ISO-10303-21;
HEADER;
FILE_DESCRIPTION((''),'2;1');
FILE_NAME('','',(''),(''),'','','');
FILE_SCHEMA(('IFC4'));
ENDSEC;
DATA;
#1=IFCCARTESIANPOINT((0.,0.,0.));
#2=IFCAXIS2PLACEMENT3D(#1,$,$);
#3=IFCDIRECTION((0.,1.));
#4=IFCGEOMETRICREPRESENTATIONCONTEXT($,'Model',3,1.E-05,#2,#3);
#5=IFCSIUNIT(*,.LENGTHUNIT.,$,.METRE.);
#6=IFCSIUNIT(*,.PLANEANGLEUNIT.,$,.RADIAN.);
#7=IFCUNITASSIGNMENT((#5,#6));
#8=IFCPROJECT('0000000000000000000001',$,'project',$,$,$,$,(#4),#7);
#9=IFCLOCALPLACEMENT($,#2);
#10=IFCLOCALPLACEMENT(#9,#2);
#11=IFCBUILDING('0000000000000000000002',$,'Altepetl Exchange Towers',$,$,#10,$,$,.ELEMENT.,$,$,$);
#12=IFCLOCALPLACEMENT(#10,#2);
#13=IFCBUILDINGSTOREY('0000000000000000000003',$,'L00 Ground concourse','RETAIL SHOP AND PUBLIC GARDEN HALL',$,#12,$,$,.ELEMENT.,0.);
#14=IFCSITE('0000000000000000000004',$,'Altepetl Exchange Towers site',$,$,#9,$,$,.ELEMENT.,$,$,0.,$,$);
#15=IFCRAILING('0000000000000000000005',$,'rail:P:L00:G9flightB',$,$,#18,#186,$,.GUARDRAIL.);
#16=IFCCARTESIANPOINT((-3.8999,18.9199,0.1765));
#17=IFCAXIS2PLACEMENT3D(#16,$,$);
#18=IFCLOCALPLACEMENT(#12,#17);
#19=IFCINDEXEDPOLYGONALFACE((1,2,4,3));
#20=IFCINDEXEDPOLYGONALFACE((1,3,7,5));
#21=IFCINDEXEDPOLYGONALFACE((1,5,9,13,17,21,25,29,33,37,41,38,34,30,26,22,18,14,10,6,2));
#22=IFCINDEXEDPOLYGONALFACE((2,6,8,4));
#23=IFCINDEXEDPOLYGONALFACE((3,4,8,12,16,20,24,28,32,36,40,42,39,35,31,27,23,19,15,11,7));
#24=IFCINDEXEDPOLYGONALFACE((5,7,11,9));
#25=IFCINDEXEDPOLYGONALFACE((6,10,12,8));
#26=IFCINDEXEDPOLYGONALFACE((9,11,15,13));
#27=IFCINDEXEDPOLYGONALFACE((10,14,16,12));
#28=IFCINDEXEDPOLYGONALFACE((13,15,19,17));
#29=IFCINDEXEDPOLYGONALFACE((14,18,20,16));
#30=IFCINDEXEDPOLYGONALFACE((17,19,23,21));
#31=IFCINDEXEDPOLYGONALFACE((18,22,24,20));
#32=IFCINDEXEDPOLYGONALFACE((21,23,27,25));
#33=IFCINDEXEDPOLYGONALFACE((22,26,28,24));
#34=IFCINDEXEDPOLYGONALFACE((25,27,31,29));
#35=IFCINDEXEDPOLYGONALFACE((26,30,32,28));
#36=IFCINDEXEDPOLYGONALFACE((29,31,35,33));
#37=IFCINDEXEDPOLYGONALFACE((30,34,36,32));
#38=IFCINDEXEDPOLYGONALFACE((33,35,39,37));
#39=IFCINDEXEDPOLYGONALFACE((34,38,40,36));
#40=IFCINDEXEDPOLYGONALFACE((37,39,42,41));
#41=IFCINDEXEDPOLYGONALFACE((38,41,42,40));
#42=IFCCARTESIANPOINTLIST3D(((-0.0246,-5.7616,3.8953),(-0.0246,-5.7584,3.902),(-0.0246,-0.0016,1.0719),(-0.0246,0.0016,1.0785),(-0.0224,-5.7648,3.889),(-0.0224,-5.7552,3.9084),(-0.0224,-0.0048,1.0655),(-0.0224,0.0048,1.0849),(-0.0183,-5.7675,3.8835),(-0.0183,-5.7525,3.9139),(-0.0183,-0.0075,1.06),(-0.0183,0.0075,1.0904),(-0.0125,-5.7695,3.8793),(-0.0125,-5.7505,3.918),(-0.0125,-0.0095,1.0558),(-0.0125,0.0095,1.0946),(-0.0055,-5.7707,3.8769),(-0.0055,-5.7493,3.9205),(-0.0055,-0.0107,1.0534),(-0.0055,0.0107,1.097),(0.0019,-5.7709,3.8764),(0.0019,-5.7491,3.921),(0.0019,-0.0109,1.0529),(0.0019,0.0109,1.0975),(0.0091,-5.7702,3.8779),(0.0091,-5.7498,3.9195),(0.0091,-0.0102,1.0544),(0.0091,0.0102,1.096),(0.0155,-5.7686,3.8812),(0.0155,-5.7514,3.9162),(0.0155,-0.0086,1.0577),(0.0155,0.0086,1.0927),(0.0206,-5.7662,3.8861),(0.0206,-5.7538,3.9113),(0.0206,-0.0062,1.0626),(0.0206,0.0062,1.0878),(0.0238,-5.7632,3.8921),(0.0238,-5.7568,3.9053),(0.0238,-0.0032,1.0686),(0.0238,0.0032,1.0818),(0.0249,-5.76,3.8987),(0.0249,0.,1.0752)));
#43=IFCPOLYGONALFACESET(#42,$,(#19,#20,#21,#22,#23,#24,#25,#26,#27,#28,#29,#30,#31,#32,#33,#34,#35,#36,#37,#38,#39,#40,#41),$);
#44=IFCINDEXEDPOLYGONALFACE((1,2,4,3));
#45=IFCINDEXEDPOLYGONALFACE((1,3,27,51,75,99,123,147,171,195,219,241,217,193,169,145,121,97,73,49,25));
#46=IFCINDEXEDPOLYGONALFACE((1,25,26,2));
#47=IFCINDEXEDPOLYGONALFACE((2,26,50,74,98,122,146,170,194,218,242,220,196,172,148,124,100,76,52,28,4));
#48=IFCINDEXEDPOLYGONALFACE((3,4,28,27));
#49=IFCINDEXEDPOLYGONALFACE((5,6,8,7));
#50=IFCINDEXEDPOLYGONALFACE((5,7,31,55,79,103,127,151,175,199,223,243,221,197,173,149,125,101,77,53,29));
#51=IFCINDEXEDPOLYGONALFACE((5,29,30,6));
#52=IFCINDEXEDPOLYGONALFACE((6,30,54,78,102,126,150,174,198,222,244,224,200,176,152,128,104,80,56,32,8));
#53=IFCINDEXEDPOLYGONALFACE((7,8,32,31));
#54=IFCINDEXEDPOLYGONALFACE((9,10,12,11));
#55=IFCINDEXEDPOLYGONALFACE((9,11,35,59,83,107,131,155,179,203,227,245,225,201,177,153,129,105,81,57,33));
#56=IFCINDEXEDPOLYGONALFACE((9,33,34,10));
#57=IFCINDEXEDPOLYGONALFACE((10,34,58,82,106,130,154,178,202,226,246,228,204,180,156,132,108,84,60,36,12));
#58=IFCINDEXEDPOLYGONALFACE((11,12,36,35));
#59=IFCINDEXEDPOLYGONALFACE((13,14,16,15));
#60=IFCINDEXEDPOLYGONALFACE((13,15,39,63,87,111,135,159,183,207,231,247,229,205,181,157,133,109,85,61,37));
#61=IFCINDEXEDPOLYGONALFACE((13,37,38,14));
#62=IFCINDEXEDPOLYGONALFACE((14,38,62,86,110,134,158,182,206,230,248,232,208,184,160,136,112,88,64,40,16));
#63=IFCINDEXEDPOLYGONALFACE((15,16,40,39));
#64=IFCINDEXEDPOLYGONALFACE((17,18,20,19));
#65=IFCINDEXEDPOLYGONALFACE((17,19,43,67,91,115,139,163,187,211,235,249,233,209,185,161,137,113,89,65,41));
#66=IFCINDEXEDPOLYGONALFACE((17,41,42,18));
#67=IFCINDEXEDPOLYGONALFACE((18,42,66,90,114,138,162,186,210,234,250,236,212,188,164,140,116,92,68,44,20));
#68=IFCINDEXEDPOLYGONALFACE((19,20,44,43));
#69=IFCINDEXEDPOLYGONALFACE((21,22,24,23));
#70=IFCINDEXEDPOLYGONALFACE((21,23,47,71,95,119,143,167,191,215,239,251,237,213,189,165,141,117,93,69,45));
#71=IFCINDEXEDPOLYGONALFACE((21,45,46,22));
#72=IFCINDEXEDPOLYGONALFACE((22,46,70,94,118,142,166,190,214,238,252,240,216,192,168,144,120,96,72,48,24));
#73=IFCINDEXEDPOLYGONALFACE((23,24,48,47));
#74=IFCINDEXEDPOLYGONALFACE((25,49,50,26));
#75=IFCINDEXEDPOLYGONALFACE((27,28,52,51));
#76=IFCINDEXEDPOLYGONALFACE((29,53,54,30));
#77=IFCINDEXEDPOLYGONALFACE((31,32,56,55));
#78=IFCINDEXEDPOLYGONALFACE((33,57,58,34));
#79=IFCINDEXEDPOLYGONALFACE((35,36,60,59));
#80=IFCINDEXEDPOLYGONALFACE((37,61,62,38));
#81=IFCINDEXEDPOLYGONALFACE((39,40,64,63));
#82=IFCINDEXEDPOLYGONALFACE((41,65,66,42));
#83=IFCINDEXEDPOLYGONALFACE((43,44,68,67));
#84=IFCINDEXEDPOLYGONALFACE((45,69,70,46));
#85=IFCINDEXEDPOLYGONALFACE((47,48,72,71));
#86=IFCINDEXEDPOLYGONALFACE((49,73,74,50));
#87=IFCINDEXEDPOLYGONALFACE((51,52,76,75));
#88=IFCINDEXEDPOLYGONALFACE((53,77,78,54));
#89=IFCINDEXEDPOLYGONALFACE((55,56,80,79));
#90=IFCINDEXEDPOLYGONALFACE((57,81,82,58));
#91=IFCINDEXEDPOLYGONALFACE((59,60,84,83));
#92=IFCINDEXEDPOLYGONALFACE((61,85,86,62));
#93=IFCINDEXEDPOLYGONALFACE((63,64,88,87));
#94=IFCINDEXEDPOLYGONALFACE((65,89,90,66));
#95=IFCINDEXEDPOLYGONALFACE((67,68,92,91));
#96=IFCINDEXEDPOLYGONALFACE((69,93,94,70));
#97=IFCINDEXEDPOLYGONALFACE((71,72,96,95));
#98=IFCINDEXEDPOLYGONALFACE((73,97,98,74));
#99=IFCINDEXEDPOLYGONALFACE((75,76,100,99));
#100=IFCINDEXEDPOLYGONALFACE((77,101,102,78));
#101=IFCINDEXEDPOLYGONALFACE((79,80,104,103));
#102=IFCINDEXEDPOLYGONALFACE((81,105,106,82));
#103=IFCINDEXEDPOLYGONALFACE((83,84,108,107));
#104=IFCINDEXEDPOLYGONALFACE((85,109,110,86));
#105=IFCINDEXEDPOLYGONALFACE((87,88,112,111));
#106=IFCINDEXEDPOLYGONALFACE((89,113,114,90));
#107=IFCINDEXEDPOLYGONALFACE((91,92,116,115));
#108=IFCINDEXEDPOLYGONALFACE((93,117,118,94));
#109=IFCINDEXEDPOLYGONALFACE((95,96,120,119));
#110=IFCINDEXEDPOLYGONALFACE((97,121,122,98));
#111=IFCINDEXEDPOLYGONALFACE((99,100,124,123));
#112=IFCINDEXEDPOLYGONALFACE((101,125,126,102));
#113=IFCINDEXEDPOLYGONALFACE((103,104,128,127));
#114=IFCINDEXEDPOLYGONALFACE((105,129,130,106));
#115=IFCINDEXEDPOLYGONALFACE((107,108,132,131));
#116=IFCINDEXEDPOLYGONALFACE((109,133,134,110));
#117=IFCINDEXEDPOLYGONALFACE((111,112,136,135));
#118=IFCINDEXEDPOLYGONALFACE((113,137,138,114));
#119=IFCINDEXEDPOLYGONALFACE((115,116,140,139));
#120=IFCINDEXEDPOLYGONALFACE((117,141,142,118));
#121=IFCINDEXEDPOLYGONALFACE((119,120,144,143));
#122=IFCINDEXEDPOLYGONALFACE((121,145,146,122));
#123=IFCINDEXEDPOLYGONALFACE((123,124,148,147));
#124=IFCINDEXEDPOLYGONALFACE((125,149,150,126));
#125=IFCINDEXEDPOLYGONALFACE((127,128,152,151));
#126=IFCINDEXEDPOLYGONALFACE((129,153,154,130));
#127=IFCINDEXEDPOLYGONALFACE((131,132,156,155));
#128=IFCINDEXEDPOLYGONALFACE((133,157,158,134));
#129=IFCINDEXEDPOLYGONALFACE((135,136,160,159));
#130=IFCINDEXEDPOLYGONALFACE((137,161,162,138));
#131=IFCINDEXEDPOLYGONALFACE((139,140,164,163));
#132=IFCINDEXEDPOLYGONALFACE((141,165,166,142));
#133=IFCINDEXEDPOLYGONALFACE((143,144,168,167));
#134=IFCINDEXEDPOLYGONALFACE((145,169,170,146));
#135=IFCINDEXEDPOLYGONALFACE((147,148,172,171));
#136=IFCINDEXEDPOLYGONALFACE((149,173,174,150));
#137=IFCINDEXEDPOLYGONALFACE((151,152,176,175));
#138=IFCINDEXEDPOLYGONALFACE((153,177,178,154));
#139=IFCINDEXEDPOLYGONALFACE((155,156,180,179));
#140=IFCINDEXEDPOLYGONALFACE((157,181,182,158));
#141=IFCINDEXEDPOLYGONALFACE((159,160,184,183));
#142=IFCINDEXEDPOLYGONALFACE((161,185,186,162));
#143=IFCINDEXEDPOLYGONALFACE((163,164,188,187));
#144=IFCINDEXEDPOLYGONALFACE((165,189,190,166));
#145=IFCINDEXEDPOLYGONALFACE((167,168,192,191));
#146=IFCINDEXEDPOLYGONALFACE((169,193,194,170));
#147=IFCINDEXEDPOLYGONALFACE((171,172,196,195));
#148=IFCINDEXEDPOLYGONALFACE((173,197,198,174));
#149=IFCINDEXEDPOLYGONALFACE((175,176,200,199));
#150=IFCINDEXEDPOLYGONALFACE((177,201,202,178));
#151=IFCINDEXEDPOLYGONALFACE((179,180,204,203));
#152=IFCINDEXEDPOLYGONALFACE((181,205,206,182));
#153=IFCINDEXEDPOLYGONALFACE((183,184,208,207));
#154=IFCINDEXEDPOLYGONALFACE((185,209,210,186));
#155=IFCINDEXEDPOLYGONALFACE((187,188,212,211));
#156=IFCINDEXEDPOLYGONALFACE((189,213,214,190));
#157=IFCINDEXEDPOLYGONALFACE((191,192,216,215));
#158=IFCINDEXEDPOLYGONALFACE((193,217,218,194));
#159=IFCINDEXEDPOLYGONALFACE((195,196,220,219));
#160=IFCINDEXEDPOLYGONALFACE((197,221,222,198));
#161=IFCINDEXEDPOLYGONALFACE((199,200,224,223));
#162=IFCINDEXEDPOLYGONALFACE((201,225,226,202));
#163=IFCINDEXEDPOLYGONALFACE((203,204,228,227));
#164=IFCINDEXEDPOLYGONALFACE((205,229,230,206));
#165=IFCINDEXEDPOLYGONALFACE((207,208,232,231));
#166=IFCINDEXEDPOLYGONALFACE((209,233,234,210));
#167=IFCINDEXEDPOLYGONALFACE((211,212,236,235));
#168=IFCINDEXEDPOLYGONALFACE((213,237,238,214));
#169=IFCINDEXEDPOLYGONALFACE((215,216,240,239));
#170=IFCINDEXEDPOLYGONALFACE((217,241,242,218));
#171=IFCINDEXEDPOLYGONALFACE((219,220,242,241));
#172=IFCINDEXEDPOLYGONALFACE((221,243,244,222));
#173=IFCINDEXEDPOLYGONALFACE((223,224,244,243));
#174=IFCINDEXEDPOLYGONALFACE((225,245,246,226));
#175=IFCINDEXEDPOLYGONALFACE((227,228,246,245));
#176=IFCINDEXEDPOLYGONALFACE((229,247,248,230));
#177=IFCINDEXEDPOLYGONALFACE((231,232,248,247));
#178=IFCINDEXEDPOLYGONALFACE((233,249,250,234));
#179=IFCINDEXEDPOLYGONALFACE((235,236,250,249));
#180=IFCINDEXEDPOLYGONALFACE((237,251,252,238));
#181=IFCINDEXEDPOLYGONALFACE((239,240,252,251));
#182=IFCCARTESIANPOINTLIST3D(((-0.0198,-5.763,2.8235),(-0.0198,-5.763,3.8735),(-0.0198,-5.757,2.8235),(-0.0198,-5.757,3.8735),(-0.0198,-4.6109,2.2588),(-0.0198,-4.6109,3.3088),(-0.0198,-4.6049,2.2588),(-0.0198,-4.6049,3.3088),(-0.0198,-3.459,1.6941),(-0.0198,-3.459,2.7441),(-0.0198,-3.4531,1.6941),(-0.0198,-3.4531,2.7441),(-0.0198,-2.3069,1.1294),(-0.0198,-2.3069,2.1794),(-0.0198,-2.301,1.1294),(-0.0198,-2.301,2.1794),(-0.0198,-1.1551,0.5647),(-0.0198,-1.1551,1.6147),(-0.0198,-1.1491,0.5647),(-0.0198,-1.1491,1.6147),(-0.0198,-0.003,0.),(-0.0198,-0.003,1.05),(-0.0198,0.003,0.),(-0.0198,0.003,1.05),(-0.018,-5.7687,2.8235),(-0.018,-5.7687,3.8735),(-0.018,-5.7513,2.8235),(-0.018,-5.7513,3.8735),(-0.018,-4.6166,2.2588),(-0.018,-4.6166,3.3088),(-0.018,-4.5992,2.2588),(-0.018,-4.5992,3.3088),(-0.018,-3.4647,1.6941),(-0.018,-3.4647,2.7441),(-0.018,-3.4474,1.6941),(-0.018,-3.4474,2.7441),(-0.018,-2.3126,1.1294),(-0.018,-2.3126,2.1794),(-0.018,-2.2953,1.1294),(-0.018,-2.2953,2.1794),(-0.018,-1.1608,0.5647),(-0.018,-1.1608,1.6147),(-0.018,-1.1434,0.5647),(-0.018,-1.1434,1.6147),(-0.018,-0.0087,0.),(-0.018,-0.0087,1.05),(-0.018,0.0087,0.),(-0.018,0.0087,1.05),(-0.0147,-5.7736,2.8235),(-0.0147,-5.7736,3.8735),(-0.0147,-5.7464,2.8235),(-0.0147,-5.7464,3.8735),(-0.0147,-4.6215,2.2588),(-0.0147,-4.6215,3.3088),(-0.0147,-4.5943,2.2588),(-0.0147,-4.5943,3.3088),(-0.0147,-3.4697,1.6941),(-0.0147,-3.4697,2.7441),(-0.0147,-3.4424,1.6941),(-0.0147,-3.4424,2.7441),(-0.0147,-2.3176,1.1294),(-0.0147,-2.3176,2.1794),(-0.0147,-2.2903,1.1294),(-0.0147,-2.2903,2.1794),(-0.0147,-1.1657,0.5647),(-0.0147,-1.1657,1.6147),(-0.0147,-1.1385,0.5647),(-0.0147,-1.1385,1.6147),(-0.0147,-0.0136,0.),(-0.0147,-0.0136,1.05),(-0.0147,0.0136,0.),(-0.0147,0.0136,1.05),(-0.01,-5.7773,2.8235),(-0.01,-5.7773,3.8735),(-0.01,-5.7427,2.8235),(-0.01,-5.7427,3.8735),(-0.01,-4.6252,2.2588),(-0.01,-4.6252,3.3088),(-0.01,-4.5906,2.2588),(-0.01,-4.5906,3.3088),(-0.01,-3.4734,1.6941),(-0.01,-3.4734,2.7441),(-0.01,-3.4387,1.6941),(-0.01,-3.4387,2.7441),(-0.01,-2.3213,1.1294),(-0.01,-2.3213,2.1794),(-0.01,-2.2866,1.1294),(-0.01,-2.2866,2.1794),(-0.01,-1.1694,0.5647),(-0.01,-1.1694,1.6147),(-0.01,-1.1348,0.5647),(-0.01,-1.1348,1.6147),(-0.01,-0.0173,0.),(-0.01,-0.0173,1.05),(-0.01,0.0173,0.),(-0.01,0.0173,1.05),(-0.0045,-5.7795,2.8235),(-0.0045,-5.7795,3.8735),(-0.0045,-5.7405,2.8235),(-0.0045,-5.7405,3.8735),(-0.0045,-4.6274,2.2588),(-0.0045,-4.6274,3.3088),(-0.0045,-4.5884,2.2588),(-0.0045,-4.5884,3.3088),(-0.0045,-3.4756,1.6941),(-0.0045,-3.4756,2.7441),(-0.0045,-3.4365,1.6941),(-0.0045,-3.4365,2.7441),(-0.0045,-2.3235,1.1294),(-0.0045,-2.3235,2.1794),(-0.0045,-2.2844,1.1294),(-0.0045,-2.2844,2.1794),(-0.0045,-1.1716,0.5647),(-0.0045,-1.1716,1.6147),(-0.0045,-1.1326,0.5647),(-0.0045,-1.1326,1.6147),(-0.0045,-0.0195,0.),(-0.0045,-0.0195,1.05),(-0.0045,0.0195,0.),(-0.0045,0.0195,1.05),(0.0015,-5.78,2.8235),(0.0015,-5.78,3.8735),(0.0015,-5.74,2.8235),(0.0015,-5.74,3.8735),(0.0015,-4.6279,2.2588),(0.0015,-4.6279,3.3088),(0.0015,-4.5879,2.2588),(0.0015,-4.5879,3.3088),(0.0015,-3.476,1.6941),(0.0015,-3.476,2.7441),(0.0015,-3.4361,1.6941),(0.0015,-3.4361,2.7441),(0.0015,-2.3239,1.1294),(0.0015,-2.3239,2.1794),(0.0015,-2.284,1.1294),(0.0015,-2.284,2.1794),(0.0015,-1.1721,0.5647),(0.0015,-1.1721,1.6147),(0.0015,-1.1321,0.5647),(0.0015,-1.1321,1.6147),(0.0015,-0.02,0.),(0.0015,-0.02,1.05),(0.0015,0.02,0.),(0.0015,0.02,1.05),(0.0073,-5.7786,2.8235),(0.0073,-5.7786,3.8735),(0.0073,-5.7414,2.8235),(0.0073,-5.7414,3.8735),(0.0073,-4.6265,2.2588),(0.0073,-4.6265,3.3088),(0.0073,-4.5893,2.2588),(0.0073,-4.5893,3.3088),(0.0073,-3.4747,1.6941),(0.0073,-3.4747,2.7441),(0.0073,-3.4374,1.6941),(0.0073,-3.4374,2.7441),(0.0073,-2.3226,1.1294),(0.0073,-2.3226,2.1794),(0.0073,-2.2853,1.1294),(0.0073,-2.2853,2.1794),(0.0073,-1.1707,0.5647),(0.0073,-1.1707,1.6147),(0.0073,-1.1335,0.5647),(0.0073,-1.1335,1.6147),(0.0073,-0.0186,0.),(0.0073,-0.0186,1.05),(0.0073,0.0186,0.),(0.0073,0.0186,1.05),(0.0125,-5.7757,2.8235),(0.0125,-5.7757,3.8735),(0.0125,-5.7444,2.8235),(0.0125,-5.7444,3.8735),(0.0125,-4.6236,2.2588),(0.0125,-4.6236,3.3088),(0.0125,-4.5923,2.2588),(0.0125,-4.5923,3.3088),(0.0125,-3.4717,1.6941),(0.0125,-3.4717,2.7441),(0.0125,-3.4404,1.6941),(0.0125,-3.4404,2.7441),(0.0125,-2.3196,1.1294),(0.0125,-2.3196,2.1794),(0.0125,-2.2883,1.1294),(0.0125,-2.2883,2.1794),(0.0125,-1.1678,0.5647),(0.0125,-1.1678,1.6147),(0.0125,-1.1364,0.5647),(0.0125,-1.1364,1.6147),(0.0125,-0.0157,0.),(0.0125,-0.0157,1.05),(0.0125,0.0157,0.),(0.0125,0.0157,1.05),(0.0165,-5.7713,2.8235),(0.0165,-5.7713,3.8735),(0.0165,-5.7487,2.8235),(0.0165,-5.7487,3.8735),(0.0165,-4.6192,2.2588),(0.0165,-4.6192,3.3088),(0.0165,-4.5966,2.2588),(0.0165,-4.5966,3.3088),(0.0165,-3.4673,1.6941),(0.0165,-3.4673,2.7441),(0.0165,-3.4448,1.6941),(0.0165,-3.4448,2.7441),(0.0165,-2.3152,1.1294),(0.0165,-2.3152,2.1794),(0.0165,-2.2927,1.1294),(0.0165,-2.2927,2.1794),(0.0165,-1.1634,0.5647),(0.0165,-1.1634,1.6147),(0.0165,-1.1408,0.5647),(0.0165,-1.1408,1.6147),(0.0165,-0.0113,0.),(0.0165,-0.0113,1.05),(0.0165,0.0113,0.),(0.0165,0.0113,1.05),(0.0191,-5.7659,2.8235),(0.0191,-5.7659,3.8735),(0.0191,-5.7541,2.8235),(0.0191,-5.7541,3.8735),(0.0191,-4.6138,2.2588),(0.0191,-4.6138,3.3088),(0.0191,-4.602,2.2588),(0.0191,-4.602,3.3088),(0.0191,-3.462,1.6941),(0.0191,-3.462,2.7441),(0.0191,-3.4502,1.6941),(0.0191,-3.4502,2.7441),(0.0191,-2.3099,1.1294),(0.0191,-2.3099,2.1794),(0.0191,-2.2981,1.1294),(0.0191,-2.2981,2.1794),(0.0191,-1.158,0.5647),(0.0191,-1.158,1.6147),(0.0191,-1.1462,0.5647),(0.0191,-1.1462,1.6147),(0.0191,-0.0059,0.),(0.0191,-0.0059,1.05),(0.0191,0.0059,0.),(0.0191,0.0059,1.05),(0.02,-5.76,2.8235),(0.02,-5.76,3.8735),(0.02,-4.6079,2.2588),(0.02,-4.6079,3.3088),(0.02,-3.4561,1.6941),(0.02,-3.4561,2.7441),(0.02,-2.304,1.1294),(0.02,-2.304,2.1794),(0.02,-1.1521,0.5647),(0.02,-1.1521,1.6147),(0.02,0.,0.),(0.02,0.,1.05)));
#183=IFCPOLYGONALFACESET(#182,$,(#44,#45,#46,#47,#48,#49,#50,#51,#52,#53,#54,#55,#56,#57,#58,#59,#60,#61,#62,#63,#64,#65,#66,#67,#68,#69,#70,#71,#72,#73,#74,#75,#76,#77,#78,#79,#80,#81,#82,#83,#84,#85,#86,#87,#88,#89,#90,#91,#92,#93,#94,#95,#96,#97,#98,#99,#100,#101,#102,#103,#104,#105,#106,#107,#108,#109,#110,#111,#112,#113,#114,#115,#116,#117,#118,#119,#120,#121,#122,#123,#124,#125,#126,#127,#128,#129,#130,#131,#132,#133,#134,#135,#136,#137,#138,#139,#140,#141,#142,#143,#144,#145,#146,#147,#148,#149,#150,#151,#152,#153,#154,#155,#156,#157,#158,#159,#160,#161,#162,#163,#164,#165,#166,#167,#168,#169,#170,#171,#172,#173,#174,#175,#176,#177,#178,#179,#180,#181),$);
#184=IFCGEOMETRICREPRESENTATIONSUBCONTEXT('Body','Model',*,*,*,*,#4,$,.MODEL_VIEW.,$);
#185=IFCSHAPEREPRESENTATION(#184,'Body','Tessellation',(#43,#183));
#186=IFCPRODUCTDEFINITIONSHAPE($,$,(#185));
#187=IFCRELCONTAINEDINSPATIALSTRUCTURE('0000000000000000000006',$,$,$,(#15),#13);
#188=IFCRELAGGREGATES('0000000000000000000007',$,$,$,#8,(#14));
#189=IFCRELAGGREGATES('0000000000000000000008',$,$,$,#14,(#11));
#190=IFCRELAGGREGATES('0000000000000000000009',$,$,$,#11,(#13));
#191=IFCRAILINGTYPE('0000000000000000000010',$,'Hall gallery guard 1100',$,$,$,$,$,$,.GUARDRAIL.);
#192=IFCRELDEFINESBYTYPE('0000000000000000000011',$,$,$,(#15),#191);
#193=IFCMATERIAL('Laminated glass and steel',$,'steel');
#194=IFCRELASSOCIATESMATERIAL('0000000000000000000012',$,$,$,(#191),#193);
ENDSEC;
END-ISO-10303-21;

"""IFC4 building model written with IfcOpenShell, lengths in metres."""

from ifc_helpers import new_model, si_unit, direction, frame, origin, origin_2d, place, context, subcontext, project, spatial, circle, extrude, source, transform, mapped, material, type_object, element, save


model = new_model("IFC4")

# Units and contexts
model_context = context("Model", 3, precision=1e-05, world=origin(), true_north=direction((0.0, 1.0)))
body_context = subcontext(model_context, "Body", "Model", "MODEL_VIEW")
ifc_project = project(units=[si_unit("LENGTHUNIT", "METRE"), si_unit("PLANEANGLEUNIT", "RADIAN")], contexts=[model_context])

# Site, building, storey
site_placement = place(None, origin())
site = spatial("IfcSite", under=ifc_project, at=site_placement, Name="Altepetl Exchange Towers site", CompositionType="ELEMENT", RefElevation=0.0)
building_placement = place(site_placement, origin())
building = spatial("IfcBuilding", under=site, at=building_placement, Name="Altepetl Exchange Towers", CompositionType="ELEMENT")
storey_placement = place(building_placement, origin())
storey = spatial("IfcBuildingStorey", under=building, at=storey_placement, Name="L00 Ground concourse", Description="RETAIL SHOP AND PUBLIC GARDEN HALL", CompositionType="ELEMENT", Elevation=0.0)

# Railing
ifc_material_1 = material(Name="Laminated glass and steel", Category="steel")
railing_type_1 = type_object("IfcRailingType", Name="Hall gallery guard 1100", PredefinedType="GUARDRAIL", material=ifc_material_1)
shared_shape_1 = source(origin(), body_context, "Body", "SweptSolid", [
    extrude(circle(Radius=0.02, at=origin_2d()), origin(), (0.0, 0.0, 1.0), 1.05),
])
for number, where, name in (
    (1, (-3.8999, 18.9199, 0.1765), "rail:P:L00:G9flightB"),
):
    element("IfcRailing", number, at=place(storey_placement, frame(where)), inside=storey, type_object=railing_type_1, Name=name, PredefinedType="GUARDRAIL", context=body_context, shape_type="SweptSolid", body=[
        extrude(circle(Radius=0.0249, at=origin_2d()), frame((0.0, 0.0, 1.0752), z_axis=(0.0, -0.897924, 0.440151), x_axis=(1.0, 0.0, 0.0)), (0.0, 0.0, 1.0), 6.4148),
        mapped(shared_shape_1, transform((0.0, 0.0, 0.0))),
        mapped(shared_shape_1, transform((0.0, -1.1521, 0.5647))),
        mapped(shared_shape_1, transform((0.0, -2.304, 1.1294))),
        mapped(shared_shape_1, transform((0.0, -3.4561, 1.6941))),
        mapped(shared_shape_1, transform((0.0, -4.6079, 2.2588))),
        mapped(shared_shape_1, transform((0.0, -5.76, 2.8235))),
    ])

save(model, "model.ifc")
